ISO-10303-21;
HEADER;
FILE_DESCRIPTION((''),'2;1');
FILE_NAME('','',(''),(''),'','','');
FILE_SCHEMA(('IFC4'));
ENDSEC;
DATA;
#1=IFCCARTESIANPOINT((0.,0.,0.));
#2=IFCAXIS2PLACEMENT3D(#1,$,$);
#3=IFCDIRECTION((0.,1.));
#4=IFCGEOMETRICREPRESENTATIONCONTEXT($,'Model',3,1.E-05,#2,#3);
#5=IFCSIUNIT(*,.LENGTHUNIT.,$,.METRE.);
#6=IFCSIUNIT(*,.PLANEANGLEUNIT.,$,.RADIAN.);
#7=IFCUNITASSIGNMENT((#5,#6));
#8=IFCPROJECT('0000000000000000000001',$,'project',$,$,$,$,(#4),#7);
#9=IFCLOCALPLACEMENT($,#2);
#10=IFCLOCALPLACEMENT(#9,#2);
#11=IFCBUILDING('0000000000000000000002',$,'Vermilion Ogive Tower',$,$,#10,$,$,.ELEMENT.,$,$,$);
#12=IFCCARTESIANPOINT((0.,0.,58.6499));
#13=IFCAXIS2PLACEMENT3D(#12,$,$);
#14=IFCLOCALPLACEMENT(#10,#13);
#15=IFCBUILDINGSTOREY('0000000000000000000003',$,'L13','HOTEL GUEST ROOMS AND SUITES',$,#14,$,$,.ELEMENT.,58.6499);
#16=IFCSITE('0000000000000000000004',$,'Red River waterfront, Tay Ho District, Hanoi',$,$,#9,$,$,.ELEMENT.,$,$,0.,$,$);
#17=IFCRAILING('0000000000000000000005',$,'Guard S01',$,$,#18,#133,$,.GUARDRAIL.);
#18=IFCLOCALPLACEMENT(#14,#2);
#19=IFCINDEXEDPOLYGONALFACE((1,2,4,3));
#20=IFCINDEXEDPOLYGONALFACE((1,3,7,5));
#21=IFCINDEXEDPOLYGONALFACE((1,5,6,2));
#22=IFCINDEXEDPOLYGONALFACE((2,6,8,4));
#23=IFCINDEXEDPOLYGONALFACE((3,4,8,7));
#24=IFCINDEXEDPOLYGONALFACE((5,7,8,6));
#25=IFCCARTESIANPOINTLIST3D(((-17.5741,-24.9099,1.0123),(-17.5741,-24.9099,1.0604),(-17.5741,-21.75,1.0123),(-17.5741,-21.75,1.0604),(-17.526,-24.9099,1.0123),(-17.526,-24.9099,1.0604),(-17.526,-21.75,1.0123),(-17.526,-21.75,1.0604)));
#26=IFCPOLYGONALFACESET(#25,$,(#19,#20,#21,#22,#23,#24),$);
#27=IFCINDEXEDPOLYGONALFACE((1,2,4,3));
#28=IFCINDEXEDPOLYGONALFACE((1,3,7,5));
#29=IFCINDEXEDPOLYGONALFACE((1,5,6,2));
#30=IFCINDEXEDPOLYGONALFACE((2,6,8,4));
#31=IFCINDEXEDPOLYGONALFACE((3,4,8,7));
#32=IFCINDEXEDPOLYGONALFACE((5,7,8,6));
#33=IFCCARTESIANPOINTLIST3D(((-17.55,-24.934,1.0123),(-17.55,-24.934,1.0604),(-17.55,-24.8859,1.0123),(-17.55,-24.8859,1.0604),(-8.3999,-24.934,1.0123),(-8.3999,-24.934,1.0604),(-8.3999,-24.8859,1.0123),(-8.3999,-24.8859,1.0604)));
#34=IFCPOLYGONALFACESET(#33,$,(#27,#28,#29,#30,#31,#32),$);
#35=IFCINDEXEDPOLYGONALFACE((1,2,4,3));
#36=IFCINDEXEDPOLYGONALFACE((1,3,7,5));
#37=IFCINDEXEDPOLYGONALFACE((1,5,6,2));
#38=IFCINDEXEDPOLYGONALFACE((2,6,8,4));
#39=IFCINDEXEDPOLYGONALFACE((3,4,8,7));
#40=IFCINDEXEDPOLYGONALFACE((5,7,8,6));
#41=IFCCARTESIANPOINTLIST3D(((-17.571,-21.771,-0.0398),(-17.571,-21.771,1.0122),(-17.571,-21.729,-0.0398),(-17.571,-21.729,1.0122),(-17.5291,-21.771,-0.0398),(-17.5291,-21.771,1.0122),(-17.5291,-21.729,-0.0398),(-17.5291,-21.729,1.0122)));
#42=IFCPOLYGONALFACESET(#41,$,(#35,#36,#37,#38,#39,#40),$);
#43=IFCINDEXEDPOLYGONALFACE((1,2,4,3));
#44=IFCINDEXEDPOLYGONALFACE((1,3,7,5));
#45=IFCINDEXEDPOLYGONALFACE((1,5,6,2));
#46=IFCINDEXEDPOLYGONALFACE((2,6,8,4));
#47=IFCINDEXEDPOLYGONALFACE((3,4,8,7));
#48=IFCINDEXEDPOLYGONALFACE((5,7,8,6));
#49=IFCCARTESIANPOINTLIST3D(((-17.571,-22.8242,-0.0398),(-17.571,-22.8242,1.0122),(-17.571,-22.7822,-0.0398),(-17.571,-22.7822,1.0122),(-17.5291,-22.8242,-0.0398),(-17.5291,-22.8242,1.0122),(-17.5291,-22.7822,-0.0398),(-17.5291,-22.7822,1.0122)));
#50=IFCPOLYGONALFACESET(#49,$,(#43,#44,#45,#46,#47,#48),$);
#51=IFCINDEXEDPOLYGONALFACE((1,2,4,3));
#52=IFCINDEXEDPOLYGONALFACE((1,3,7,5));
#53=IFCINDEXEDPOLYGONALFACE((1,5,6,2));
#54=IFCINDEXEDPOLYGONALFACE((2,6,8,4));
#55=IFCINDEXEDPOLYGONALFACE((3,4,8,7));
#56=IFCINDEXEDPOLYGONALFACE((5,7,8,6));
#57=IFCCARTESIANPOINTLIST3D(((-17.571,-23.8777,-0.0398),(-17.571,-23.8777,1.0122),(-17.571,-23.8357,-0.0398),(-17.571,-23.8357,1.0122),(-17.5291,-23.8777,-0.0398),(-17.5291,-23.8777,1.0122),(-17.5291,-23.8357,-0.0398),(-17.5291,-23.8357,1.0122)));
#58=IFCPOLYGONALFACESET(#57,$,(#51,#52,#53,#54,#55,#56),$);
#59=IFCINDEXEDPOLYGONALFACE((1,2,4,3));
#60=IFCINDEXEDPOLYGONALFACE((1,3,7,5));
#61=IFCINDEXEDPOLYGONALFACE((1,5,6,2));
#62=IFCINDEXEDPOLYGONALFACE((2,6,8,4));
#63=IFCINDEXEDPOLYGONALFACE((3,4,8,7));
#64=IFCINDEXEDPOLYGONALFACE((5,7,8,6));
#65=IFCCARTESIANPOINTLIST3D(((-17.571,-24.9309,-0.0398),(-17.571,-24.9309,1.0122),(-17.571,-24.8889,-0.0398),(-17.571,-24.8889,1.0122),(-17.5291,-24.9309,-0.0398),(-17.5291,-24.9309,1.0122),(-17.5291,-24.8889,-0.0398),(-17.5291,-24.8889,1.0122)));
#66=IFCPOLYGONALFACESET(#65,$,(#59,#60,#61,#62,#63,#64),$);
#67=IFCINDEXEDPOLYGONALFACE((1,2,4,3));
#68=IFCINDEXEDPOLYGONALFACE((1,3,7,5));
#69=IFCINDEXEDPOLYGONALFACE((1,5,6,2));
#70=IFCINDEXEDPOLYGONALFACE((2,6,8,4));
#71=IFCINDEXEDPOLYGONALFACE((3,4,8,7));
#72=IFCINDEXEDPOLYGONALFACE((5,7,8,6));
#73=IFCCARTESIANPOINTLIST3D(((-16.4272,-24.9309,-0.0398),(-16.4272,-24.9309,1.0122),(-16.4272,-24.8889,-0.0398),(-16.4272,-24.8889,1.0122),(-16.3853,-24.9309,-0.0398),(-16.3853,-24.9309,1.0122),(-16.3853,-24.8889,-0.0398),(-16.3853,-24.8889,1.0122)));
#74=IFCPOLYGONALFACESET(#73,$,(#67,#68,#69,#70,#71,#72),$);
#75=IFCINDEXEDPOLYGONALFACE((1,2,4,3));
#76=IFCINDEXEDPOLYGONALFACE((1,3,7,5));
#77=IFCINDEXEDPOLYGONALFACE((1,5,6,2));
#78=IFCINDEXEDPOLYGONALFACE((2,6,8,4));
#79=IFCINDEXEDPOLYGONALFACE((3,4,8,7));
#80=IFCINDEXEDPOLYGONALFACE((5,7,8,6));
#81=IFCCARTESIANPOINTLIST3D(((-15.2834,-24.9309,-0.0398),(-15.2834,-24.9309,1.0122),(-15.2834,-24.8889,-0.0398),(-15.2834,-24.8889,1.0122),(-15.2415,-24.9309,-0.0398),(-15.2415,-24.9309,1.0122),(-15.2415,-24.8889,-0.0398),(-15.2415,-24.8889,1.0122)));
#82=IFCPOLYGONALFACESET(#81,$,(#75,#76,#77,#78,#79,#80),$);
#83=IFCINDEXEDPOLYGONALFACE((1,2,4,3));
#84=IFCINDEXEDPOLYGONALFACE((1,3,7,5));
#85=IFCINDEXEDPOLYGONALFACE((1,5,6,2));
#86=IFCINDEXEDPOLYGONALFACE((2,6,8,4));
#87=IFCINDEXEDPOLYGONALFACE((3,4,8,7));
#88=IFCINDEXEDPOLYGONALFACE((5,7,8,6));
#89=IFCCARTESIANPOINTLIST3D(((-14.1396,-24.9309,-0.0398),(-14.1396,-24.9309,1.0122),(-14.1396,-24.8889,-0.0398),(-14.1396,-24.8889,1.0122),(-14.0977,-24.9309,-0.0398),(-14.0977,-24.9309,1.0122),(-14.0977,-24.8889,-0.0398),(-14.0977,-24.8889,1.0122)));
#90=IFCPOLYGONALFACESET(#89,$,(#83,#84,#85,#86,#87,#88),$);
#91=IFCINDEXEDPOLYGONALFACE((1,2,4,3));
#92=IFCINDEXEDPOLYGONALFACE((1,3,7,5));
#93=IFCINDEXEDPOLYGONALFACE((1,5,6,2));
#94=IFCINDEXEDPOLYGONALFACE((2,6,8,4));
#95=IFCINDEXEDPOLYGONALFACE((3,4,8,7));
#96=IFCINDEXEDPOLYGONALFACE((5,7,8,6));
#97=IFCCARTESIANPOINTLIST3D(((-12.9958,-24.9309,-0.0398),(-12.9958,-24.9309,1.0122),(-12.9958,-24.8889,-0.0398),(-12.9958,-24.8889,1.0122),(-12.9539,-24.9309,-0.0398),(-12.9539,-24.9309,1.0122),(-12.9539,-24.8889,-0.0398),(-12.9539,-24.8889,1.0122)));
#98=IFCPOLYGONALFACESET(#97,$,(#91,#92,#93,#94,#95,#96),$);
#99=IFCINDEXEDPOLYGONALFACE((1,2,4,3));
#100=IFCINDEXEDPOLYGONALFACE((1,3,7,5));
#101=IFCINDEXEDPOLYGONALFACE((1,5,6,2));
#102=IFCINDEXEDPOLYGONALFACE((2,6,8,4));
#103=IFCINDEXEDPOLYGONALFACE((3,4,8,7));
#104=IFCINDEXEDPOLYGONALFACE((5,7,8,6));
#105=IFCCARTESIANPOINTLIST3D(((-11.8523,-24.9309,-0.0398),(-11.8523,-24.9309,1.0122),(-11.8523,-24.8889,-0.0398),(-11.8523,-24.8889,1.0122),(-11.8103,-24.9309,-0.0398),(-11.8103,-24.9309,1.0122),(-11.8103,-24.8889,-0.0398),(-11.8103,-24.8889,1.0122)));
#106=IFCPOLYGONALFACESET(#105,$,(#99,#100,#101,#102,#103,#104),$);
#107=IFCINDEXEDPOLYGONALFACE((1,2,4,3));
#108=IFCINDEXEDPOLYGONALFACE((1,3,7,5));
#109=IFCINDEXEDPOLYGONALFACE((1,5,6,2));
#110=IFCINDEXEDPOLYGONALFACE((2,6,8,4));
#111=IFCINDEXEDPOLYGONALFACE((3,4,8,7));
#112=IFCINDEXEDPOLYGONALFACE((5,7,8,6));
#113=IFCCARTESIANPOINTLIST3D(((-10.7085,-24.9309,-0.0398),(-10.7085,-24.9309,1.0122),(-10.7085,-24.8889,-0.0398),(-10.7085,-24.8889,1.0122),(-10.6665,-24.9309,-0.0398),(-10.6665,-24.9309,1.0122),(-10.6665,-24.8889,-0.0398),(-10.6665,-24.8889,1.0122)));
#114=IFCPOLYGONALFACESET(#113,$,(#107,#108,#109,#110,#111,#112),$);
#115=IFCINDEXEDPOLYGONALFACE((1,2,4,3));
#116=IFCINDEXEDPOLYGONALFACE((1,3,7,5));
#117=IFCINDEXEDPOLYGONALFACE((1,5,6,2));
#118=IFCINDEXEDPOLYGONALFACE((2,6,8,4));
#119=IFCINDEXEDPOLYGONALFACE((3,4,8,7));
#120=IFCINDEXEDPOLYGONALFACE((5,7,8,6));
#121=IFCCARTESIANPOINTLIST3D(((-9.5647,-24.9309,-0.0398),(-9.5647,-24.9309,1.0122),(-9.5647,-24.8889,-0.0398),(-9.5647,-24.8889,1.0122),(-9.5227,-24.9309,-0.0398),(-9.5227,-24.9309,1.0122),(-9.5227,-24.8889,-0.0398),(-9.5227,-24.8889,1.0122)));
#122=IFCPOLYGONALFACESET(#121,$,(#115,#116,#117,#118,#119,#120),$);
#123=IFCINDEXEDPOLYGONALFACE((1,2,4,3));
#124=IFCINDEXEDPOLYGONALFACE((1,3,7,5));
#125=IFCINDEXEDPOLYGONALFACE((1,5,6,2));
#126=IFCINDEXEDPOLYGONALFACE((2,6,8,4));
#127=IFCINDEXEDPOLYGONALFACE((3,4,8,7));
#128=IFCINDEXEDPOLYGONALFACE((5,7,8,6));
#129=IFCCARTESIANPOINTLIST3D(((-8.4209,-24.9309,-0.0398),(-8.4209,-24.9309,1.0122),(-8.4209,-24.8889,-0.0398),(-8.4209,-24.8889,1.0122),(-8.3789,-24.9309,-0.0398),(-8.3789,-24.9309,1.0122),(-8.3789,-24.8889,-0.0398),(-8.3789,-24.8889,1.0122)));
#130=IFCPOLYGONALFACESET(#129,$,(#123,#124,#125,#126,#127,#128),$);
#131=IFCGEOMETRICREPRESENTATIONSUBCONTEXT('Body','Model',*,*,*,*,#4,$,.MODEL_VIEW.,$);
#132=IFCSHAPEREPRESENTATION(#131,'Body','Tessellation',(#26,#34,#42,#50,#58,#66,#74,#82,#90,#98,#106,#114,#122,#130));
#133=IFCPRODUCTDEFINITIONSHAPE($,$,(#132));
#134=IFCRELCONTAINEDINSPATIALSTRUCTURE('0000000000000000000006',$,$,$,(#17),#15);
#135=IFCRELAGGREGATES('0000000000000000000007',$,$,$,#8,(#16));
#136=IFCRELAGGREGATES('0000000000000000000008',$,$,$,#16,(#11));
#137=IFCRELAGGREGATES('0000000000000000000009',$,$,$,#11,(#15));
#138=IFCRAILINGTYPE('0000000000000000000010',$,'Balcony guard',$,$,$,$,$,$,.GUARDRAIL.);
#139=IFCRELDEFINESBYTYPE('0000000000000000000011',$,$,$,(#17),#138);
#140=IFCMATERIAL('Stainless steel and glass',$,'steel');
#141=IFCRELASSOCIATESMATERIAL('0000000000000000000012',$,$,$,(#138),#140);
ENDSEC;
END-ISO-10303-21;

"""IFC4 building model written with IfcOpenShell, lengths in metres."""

from ifc_helpers import new_model, si_unit, direction, frame, origin, origin_2d, place, context, subcontext, project, spatial, rectangle, extrude, material, type_object, element, save


model = new_model("IFC4")

# Units and contexts
model_context = context("Model", 3, precision=1e-05, world=origin(), true_north=direction((0.0, 1.0)))
body_context = subcontext(model_context, "Body", "Model", "MODEL_VIEW")
ifc_project = project(units=[si_unit("LENGTHUNIT", "METRE"), si_unit("PLANEANGLEUNIT", "RADIAN")], contexts=[model_context])

# Site, building, storey
site_placement = place(None, origin())
site = spatial("IfcSite", under=ifc_project, at=site_placement, Name="Red River waterfront, Tay Ho District, Hanoi", CompositionType="ELEMENT", RefElevation=0.0)
building_placement = place(site_placement, origin())
building = spatial("IfcBuilding", under=site, at=building_placement, Name="Vermilion Ogive Tower", CompositionType="ELEMENT")
storey_placement = place(building_placement, frame((0.0, 0.0, 58.6499)))
storey = spatial("IfcBuildingStorey", under=building, at=storey_placement, Name="L13", Description="HOTEL GUEST ROOMS AND SUITES", CompositionType="ELEMENT", Elevation=58.6499)

# Railing
ifc_material_1 = material(Name="Stainless steel and glass", Category="steel")
railing_type = type_object("IfcRailingType", Name="Balcony guard", PredefinedType="GUARDRAIL", material=ifc_material_1)
railing_placement = place(storey_placement, frame((-17.55, -21.75, -0.0398)))
element("IfcRailing", 1, at=railing_placement, inside=storey, type_object=railing_type, Name="Guard S01", PredefinedType="GUARDRAIL", context=body_context, shape_type="SweptSolid", body=[
    extrude(rectangle(XDim=0.0481, YDim=0.0481, at=origin_2d()), frame((0.0, 0.0, 1.0762), z_axis=(0.0, -1.0, 0.0), x_axis=(1.0, 0.0, 0.0)), (0.0, 0.0, 1.0), 3.1599),
    extrude(rectangle(XDim=0.0481, YDim=0.0481, at=origin_2d()), frame((0.0, -3.1599, 1.0762), z_axis=(1.0, 0.0, 0.0), x_axis=(0.0, 1.0, 0.0)), (0.0, 0.0, 1.0), 9.1501),
    extrude(rectangle(XDim=0.042, YDim=0.042, at=origin_2d()), origin(), (0.0, 0.0, 1.0), 1.052),
    extrude(rectangle(XDim=0.042, YDim=0.042, at=origin_2d()), frame((0.0, -1.0532, 0.0)), (0.0, 0.0, 1.0), 1.052),
    extrude(rectangle(XDim=0.042, YDim=0.042, at=origin_2d()), frame((0.0, -2.1067, 0.0)), (0.0, 0.0, 1.0), 1.052),
    extrude(rectangle(XDim=0.042, YDim=0.042, at=origin_2d()), frame((0.0, -3.1599, 0.0)), (0.0, 0.0, 1.0), 1.052),
    extrude(rectangle(XDim=0.042, YDim=0.042, at=origin_2d()), frame((1.1438, -3.1599, 0.0)), (0.0, 0.0, 1.0), 1.052),
    extrude(rectangle(XDim=0.042, YDim=0.042, at=origin_2d()), frame((2.2876, -3.1599, 0.0)), (0.0, 0.0, 1.0), 1.052),
    extrude(rectangle(XDim=0.042, YDim=0.042, at=origin_2d()), frame((3.4314, -3.1599, 0.0)), (0.0, 0.0, 1.0), 1.052),
    extrude(rectangle(XDim=0.042, YDim=0.042, at=origin_2d()), frame((4.5752, -3.1599, 0.0)), (0.0, 0.0, 1.0), 1.052),
    extrude(rectangle(XDim=0.042, YDim=0.042, at=origin_2d()), frame((5.7188, -3.1599, 0.0)), (0.0, 0.0, 1.0), 1.052),
    extrude(rectangle(XDim=0.042, YDim=0.042, at=origin_2d()), frame((6.8625, -3.1599, 0.0)), (0.0, 0.0, 1.0), 1.052),
    extrude(rectangle(XDim=0.042, YDim=0.042, at=origin_2d()), frame((8.0063, -3.1599, 0.0)), (0.0, 0.0, 1.0), 1.052),
    extrude(rectangle(XDim=0.042, YDim=0.042, at=origin_2d()), frame((9.1501, -3.1599, 0.0)), (0.0, 0.0, 1.0), 1.052),
])

save(model, "model.ifc")
